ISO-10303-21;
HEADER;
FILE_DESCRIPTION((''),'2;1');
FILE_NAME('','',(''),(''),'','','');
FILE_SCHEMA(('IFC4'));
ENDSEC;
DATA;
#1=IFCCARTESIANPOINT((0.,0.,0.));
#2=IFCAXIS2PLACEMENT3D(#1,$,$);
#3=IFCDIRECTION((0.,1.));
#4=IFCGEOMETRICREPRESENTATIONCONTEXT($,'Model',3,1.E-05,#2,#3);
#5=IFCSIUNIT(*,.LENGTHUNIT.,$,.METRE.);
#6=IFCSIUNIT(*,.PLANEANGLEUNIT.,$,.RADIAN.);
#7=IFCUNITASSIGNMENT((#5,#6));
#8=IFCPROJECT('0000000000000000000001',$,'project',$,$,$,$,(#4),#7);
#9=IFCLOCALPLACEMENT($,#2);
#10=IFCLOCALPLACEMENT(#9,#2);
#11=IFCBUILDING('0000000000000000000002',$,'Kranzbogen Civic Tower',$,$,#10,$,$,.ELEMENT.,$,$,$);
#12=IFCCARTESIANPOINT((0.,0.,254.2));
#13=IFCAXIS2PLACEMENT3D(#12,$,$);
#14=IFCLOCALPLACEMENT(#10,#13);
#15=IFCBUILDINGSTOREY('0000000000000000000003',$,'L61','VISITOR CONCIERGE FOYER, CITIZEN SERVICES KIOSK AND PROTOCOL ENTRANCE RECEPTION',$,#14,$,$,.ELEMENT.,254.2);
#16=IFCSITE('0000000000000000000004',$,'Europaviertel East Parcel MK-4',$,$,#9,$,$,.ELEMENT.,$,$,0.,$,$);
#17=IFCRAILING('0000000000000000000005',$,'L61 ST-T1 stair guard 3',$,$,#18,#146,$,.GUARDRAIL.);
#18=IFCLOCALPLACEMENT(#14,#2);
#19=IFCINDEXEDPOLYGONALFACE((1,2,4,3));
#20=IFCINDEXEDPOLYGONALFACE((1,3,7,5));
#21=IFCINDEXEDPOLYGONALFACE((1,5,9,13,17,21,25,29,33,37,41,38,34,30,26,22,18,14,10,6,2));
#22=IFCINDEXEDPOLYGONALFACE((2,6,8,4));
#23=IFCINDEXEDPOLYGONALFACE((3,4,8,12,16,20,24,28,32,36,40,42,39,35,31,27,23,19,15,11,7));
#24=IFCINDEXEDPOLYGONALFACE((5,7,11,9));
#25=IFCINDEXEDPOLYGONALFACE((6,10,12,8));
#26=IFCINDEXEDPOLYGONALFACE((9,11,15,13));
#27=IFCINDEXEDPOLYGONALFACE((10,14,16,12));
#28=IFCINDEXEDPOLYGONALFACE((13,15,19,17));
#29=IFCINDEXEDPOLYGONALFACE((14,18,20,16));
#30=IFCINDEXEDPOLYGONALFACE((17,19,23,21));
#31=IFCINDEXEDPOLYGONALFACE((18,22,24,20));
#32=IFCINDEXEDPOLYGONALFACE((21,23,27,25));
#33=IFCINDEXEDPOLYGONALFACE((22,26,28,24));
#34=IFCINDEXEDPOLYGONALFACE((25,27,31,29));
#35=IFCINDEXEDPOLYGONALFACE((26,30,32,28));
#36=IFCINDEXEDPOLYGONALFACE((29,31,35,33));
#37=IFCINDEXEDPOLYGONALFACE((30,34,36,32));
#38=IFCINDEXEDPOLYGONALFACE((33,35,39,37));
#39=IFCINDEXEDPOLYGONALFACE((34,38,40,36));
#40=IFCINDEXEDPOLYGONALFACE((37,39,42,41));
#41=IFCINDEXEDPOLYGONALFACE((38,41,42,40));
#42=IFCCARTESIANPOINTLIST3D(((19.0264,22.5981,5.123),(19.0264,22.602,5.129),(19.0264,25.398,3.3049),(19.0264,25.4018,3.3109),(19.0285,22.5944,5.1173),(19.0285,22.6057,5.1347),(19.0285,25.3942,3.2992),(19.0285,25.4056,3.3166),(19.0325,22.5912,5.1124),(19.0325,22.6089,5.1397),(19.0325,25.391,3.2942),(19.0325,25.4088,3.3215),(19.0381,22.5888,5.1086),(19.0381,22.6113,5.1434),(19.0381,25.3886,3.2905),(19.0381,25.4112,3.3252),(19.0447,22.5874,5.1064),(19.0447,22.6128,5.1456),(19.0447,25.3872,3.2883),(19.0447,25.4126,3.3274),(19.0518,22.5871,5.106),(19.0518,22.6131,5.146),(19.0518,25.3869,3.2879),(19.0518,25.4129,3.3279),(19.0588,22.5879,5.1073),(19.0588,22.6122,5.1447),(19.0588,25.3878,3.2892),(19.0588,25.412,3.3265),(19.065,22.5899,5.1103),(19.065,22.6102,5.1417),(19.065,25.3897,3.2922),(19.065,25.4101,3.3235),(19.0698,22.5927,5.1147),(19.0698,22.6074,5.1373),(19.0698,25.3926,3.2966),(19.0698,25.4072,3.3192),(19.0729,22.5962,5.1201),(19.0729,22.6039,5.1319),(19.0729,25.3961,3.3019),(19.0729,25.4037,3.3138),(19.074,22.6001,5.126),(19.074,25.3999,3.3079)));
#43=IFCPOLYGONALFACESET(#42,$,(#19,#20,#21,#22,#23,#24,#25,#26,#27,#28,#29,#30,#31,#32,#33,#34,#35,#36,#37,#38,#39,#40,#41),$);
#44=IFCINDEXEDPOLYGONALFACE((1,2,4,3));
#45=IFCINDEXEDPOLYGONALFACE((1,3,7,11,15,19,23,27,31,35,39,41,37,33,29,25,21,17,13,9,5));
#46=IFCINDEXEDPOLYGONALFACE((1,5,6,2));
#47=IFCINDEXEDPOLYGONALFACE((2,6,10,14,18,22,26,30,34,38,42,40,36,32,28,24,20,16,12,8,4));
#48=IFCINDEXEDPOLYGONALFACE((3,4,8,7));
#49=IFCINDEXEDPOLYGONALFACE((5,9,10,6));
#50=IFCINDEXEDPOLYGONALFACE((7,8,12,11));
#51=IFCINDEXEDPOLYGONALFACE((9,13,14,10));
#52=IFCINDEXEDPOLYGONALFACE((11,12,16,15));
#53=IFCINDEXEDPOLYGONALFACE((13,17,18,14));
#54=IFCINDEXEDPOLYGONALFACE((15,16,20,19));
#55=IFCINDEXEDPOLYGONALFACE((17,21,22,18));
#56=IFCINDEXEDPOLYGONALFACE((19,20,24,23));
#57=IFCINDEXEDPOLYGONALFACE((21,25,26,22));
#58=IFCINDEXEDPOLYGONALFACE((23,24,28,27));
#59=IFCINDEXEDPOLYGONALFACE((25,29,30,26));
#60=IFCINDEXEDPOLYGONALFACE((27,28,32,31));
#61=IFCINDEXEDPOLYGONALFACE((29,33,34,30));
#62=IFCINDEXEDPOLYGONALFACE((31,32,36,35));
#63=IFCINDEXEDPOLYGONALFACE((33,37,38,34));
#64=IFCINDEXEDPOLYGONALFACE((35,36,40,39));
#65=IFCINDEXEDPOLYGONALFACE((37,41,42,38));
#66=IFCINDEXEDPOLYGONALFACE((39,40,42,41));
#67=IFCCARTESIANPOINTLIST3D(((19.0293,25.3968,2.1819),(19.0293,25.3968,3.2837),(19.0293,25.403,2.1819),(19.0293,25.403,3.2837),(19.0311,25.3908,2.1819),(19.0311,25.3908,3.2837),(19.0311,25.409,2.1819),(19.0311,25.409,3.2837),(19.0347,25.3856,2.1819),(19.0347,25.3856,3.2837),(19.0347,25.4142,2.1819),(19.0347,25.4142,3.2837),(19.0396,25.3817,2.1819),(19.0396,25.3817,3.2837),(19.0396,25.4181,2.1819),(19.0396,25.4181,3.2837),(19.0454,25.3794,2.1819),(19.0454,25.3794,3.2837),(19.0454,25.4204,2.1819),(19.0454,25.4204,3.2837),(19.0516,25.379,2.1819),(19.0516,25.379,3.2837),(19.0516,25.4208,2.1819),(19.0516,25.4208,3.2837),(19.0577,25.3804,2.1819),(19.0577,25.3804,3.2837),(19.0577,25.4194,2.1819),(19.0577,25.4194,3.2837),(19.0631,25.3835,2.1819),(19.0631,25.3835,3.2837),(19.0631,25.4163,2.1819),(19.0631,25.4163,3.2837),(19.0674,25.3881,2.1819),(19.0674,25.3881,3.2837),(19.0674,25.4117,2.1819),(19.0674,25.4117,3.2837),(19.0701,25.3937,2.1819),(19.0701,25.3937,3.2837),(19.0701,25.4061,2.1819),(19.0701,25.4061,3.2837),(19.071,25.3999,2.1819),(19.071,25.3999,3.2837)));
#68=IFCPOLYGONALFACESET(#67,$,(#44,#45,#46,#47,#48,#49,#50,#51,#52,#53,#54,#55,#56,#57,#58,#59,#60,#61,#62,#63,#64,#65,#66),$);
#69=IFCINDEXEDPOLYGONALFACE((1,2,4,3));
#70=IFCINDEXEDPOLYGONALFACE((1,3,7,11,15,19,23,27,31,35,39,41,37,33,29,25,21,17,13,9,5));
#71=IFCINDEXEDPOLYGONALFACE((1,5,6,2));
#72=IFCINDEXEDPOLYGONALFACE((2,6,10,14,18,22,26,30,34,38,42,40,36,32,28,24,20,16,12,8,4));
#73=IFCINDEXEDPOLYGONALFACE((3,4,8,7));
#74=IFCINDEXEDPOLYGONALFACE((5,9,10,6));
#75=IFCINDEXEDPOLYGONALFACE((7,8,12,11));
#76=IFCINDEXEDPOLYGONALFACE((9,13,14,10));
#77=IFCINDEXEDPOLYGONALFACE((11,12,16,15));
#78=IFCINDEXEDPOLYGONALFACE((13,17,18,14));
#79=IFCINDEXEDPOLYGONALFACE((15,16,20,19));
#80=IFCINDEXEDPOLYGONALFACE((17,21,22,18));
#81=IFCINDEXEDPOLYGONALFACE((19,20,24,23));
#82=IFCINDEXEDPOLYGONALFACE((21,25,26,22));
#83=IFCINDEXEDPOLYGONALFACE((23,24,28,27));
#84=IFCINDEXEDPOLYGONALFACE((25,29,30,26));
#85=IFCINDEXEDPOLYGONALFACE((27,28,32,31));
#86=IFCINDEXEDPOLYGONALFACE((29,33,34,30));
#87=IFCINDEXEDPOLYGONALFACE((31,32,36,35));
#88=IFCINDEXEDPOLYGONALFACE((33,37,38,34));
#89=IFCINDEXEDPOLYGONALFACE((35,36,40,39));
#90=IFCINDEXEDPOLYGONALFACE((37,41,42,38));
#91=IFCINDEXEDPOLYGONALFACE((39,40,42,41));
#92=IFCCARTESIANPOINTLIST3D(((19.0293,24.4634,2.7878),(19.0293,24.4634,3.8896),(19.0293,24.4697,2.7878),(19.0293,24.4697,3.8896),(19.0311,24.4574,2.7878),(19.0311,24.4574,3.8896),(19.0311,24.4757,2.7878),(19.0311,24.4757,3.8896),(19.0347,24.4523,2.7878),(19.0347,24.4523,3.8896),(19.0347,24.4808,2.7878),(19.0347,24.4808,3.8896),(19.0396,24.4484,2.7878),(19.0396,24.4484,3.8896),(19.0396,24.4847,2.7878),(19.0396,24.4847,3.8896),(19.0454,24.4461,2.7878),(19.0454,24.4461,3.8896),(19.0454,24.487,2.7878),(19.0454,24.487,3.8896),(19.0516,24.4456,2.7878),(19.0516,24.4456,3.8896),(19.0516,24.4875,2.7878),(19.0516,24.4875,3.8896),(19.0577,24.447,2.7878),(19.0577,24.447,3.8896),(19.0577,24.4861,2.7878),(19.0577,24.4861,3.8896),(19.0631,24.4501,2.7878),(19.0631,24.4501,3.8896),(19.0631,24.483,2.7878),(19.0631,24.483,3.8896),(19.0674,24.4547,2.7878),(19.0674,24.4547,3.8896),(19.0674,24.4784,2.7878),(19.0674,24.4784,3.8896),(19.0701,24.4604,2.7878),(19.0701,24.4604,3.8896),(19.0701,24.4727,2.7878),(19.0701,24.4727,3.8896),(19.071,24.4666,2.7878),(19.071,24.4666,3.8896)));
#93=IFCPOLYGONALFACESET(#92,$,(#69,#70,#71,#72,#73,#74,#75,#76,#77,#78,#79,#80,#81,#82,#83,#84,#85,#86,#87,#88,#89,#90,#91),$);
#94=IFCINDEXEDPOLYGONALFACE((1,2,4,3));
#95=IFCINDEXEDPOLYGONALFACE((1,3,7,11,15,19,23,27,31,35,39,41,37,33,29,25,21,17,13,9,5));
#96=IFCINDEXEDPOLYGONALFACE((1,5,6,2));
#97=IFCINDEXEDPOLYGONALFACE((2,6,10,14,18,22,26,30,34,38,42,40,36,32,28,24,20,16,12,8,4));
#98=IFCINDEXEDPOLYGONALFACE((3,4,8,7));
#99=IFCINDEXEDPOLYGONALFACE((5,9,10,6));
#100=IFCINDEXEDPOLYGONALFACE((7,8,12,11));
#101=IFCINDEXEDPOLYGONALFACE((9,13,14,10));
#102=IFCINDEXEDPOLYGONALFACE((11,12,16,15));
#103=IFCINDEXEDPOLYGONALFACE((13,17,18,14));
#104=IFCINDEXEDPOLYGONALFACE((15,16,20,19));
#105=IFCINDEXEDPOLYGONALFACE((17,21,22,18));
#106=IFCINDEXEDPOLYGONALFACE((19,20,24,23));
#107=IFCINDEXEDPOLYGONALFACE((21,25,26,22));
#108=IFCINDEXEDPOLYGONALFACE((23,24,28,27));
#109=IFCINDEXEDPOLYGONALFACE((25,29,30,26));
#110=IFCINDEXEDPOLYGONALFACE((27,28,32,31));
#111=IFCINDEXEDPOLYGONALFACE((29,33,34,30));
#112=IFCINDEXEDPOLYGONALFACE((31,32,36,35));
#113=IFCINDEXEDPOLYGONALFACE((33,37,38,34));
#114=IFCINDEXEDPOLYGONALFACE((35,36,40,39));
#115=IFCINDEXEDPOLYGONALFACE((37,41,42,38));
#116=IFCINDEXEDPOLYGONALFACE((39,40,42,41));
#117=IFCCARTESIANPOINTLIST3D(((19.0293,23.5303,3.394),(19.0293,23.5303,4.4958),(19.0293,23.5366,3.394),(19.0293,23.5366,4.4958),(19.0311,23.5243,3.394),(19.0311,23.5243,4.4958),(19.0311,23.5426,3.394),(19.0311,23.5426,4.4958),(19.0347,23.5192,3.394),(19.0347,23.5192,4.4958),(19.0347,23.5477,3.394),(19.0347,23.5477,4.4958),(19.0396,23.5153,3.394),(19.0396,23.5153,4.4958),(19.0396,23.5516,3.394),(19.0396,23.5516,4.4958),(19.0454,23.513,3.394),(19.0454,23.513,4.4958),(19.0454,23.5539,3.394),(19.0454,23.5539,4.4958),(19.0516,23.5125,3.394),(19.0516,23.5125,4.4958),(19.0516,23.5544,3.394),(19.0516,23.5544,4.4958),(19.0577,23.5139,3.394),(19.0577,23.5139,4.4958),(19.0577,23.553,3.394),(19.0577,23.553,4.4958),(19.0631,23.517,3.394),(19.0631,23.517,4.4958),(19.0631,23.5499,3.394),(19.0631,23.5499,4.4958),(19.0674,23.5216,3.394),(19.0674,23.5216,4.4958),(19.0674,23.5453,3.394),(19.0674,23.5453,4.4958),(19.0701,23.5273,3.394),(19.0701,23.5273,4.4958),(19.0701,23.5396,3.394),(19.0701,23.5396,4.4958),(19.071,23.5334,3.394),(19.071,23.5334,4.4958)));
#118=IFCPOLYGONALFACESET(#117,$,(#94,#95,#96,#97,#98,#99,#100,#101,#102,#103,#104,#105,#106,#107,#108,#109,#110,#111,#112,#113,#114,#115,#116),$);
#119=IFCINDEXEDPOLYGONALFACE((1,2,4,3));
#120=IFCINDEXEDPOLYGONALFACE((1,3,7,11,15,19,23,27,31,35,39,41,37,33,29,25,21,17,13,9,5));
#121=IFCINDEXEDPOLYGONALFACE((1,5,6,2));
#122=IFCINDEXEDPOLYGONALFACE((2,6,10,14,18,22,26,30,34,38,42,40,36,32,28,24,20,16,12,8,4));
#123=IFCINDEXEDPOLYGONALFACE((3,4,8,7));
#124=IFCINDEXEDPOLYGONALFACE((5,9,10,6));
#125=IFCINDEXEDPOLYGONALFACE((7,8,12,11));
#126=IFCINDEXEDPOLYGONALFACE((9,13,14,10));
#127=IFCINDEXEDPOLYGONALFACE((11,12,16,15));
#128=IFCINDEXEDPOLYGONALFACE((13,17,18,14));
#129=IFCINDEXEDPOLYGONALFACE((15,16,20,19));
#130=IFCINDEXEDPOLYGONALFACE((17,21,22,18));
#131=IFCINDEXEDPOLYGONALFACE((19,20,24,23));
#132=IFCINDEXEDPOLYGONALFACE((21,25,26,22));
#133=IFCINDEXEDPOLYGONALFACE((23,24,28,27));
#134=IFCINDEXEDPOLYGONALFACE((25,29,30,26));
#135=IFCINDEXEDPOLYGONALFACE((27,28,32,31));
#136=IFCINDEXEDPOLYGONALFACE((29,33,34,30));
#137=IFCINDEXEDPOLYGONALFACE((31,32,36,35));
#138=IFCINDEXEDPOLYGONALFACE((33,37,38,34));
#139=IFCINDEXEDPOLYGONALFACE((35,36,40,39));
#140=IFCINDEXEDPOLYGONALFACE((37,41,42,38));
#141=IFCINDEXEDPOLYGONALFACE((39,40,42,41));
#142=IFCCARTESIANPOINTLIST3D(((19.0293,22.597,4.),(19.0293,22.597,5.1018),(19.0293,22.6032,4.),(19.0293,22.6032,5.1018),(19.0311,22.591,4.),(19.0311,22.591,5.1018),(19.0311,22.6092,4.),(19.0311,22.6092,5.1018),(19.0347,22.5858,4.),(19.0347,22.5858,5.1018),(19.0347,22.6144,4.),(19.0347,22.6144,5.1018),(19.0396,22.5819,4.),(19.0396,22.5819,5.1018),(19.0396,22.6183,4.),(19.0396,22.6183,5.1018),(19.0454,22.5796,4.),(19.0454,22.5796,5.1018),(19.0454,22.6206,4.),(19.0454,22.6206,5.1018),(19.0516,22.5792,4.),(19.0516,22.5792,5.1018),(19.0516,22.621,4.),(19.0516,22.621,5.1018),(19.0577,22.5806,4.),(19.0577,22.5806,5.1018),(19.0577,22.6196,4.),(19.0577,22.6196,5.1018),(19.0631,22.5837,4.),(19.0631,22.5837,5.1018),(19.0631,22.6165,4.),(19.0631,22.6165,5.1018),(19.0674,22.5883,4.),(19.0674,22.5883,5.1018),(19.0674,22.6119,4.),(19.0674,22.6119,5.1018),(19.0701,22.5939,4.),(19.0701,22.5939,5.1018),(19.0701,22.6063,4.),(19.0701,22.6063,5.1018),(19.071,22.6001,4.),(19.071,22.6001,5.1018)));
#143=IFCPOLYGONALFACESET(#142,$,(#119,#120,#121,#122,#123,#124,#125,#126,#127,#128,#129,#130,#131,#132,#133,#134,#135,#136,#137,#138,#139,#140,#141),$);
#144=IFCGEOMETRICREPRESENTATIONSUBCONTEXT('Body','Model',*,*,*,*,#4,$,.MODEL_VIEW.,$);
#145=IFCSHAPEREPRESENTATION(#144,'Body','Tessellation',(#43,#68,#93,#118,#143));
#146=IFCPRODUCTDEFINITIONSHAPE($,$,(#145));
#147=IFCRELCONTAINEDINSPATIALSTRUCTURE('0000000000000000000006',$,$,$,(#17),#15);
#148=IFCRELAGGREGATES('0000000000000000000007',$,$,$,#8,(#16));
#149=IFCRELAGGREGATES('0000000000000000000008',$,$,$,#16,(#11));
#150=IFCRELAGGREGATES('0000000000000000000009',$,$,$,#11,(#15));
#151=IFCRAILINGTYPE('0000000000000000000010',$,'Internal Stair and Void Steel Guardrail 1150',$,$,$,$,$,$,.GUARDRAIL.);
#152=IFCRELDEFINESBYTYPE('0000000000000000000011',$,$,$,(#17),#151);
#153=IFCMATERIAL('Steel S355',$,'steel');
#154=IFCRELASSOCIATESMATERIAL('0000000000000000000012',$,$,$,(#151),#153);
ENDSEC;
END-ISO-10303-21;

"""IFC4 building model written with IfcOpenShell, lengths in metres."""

from ifc_helpers import new_model, si_unit, direction, frame, origin, origin_2d, place, context, subcontext, project, spatial, circle, extrude, material, type_object, element, save


model = new_model("IFC4")

# Units and contexts
model_context = context("Model", 3, precision=1e-05, world=origin(), true_north=direction((0.0, 1.0)))
body_context = subcontext(model_context, "Body", "Model", "MODEL_VIEW")
ifc_project = project(units=[si_unit("LENGTHUNIT", "METRE"), si_unit("PLANEANGLEUNIT", "RADIAN")], contexts=[model_context])

# Site, building, storey
site_placement = place(None, origin())
site = spatial("IfcSite", under=ifc_project, at=site_placement, Name="Europaviertel East Parcel MK-4", CompositionType="ELEMENT", RefElevation=0.0)
building_placement = place(site_placement, origin())
building = spatial("IfcBuilding", under=site, at=building_placement, Name="Kranzbogen Civic Tower", CompositionType="ELEMENT")
storey_placement = place(building_placement, frame((0.0, 0.0, 254.2)))
storey = spatial("IfcBuildingStorey", under=building, at=storey_placement, Name="L61", Description="VISITOR CONCIERGE FOYER, CITIZEN SERVICES KIOSK AND PROTOCOL ENTRANCE RECEPTION", CompositionType="ELEMENT", Elevation=254.2)

# Shared definitions
ifc_material_1 = material(Name="Steel S355", Category="steel")

# Railing
railing_type_1 = type_object("IfcRailingType", Name="Internal Stair and Void Steel Guardrail 1150", PredefinedType="GUARDRAIL", material=ifc_material_1)
railing_1_placement = place(storey_placement, frame((19.05, 25.3999, 2.1819)))
element("IfcRailing", 1, at=railing_1_placement, inside=storey, type_object=railing_type_1, Name="L61 ST-T1 stair guard 3", PredefinedType="GUARDRAIL", context=body_context, shape_type="SweptSolid", body=[
    extrude(circle(Radius=0.0239, at=origin_2d()), frame((0.0, 0.0, 1.126), z_axis=(0.0, -0.838684, 0.544618), x_axis=(1.0, 0.0, 0.0)), (0.0, 0.0, 1.0), 3.3384),
    extrude(circle(Radius=0.021, at=origin_2d()), origin(), (0.0, 0.0, 1.0), 1.1018),
    extrude(circle(Radius=0.021, at=origin_2d()), frame((0.0, -0.9333, 0.606)), (0.0, 0.0, 1.0), 1.1018),
    extrude(circle(Radius=0.021, at=origin_2d()), frame((0.0, -1.8665, 1.2122)), (0.0, 0.0, 1.0), 1.1018),
    extrude(circle(Radius=0.021, at=origin_2d()), frame((0.0, -2.7998, 1.8181)), (0.0, 0.0, 1.0), 1.1018),
])

save(model, "model.ifc")
